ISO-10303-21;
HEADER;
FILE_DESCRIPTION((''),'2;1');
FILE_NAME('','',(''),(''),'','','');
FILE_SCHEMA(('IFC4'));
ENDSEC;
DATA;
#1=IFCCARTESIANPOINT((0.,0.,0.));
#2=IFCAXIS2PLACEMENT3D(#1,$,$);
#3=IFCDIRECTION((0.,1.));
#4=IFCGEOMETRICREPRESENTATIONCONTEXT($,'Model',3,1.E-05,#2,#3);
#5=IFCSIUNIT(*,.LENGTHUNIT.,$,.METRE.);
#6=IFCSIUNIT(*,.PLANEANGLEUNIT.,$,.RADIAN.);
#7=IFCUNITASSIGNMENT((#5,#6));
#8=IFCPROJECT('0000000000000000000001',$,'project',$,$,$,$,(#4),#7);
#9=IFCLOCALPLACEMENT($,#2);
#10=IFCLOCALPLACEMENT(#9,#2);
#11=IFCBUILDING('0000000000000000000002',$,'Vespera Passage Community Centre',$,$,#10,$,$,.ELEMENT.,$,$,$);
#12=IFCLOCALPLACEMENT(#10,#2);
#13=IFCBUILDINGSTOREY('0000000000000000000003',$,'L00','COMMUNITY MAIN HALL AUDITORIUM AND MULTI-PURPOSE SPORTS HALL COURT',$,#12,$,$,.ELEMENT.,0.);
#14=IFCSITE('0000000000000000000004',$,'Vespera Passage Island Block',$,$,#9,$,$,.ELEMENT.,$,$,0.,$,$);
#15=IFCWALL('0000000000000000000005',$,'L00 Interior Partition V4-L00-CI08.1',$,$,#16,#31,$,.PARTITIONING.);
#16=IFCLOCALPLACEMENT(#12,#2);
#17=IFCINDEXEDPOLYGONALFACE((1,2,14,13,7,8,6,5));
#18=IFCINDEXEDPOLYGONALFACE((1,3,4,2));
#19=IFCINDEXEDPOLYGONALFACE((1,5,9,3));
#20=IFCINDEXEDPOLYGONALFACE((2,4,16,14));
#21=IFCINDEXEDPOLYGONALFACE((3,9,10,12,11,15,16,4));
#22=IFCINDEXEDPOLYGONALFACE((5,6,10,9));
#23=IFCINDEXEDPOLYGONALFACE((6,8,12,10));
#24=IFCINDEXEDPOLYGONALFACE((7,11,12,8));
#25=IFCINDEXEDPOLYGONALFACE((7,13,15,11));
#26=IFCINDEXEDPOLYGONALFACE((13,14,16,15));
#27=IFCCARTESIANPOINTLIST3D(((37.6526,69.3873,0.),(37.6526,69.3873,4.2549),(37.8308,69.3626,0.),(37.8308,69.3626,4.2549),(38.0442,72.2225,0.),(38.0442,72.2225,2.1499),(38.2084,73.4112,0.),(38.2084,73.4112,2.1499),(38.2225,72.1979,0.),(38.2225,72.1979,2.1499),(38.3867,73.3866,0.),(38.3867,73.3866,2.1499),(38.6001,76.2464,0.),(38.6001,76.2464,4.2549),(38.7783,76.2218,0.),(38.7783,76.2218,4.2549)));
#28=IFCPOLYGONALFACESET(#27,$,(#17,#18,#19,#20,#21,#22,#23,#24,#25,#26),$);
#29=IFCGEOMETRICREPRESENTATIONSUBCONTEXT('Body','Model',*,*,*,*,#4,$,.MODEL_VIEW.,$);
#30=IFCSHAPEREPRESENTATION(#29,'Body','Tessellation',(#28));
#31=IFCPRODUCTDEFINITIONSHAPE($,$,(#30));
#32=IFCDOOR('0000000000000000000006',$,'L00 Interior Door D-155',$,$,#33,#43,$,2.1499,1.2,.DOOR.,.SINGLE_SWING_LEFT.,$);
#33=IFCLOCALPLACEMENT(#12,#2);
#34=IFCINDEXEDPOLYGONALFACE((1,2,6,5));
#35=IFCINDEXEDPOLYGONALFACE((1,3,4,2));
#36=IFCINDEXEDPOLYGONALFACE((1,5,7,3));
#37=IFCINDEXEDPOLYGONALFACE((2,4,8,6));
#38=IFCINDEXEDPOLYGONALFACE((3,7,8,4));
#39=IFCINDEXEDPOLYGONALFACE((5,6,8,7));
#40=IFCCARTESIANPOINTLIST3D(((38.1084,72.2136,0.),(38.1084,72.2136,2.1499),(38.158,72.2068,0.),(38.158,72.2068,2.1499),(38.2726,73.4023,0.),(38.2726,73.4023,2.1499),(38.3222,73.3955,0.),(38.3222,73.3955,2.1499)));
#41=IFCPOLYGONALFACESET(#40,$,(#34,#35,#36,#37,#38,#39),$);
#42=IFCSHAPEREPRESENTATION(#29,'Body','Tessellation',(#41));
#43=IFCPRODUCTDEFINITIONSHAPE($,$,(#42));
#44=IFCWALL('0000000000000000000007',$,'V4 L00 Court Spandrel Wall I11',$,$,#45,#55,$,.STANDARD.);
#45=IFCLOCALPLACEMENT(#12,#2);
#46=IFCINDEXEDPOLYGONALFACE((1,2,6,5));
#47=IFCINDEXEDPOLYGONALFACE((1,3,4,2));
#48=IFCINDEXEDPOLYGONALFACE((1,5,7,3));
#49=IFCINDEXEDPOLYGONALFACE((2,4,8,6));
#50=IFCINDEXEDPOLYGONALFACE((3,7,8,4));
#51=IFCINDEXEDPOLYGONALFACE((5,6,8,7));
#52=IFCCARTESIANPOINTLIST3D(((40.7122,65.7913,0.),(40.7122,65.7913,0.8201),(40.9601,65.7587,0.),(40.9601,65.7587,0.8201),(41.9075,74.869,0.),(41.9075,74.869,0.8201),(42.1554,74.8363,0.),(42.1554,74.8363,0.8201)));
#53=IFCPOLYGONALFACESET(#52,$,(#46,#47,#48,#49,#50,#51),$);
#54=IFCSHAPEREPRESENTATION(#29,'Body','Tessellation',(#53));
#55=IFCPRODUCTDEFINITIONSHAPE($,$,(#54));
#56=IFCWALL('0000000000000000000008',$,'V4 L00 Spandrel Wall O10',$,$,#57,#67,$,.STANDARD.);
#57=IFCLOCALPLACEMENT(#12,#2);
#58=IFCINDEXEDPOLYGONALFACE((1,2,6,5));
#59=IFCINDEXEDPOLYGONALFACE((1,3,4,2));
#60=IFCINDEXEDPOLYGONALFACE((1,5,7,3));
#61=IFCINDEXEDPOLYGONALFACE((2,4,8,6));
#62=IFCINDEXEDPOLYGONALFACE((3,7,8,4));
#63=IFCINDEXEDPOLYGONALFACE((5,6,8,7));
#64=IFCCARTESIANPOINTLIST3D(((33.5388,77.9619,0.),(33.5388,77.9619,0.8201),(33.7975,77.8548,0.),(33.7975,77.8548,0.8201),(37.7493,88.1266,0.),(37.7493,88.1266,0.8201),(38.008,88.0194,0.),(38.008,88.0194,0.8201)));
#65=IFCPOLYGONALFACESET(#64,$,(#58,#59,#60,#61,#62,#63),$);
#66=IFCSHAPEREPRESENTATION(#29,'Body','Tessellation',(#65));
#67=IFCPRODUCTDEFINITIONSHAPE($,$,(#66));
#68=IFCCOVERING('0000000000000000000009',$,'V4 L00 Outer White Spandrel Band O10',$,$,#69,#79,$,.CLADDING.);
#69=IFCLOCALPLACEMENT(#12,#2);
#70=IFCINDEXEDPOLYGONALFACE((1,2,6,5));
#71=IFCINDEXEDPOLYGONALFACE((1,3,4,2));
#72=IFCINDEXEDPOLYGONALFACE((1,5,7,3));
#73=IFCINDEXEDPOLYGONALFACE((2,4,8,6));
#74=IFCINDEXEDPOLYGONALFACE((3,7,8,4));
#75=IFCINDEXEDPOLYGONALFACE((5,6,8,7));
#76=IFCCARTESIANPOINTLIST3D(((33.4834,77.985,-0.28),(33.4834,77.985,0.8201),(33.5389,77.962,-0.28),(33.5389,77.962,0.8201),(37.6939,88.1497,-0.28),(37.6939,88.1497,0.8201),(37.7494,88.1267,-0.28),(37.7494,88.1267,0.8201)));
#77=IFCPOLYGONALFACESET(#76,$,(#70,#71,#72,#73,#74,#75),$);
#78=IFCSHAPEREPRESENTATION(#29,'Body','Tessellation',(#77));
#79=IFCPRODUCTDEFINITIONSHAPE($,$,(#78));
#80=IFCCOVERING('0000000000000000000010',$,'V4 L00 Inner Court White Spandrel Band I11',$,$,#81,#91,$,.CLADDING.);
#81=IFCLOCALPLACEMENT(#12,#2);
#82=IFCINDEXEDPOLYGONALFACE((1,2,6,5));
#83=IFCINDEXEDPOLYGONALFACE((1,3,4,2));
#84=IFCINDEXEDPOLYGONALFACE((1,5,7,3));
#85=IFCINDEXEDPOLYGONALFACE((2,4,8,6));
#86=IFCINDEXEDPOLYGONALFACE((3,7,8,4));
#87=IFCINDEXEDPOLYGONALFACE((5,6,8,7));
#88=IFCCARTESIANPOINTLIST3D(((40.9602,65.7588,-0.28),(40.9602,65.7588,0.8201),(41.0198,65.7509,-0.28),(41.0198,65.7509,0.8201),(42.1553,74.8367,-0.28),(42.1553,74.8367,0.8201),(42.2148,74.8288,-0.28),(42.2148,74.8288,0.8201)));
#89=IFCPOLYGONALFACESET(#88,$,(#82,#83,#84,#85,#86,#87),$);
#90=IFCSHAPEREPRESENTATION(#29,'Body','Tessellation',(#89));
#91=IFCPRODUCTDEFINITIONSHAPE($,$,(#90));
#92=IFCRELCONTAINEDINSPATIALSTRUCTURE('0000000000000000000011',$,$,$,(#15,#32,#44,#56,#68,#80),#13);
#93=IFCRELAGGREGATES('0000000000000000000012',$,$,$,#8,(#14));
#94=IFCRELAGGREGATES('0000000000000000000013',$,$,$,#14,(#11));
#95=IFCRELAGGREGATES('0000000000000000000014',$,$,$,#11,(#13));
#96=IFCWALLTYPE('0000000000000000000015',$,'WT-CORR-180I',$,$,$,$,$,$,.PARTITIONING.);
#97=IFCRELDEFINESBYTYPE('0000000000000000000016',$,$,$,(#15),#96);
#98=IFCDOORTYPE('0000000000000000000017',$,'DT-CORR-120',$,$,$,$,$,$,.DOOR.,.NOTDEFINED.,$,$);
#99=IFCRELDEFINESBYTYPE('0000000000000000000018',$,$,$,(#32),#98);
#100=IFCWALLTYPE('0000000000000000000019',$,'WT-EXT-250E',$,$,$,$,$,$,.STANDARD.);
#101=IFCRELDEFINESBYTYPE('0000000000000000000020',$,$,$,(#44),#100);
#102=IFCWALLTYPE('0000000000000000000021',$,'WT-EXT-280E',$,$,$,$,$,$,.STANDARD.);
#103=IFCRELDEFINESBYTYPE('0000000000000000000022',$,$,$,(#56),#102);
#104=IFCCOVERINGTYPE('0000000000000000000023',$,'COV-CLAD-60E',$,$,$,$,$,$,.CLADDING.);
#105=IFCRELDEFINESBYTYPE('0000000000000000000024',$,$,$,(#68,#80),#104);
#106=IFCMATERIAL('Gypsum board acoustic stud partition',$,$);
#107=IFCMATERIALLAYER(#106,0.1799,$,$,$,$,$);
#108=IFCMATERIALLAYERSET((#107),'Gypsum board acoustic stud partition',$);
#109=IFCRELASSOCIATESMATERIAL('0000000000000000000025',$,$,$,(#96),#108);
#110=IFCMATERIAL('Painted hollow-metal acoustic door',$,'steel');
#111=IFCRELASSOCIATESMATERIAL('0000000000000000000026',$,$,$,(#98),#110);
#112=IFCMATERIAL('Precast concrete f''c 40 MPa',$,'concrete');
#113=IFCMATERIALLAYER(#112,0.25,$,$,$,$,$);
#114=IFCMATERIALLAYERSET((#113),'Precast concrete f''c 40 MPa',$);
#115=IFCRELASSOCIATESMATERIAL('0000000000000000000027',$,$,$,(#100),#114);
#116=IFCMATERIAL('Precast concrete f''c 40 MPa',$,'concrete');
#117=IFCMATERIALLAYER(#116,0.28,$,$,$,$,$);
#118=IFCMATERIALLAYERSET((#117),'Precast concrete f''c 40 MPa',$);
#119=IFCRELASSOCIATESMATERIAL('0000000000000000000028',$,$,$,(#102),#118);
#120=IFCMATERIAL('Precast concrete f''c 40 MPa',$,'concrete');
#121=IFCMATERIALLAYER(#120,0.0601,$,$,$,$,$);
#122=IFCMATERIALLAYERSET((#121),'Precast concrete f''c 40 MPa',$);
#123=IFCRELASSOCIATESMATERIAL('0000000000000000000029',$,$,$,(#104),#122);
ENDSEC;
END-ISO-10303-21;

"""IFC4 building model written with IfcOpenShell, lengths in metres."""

from ifc_helpers import new_model, si_unit, direction, frame, frame_2d, origin, place, context, subcontext, project, spatial, rectangle, extrude, material, layer, layer_set, type_object, element, fill, save


model = new_model("IFC4")

# Units and contexts
model_context = context("Model", 3, precision=1e-05, world=origin(), true_north=direction((0.0, 1.0)))
body_context = subcontext(model_context, "Body", "Model", "MODEL_VIEW")
ifc_project = project(units=[si_unit("LENGTHUNIT", "METRE"), si_unit("PLANEANGLEUNIT", "RADIAN")], contexts=[model_context])

# Site, building, storey
site_placement = place(None, origin())
site = spatial("IfcSite", under=ifc_project, at=site_placement, Name="Vespera Passage Island Block", CompositionType="ELEMENT", RefElevation=0.0)
building_placement = place(site_placement, origin())
building = spatial("IfcBuilding", under=site, at=building_placement, Name="Vespera Passage Community Centre", CompositionType="ELEMENT")
storey_placement = place(building_placement, origin())
storey = spatial("IfcBuildingStorey", under=building, at=storey_placement, Name="L00", Description="COMMUNITY MAIN HALL AUDITORIUM AND MULTI-PURPOSE SPORTS HALL COURT", CompositionType="ELEMENT", Elevation=0.0)

# Wall, opening, door
ifc_material_1 = material(Name="Gypsum board acoustic stud partition")
ifc_layer_1 = layer(ifc_material_1, 0.1799)
ifc_layer_set_1 = layer_set([ifc_layer_1], Name="Gypsum board acoustic stud partition")
wall_type_1 = type_object("IfcWallType", Name="WT-CORR-180I", PredefinedType="PARTITIONING", material=ifc_layer_set_1)
wall_1_placement = place(storey_placement, frame((38.6892, 76.2341, 0.0), z_axis=(0.0, 0.0, 1.0), x_axis=(-0.136839, -0.990593, 0.0)))
wall_1 = element("IfcWall", 1, at=wall_1_placement, inside=storey, type_object=wall_type_1, Name="L00 Interior Partition V4-L00-CI08.1", PredefinedType="PARTITIONING", context=body_context, shape_type="SweptSolid", body=[
    extrude(rectangle(XDim=6.9243, YDim=0.1799, at=frame_2d((3.4622, 0.0))), origin(), (0.0, 0.0, 1.0), 4.2549),
])
opening_1_placement = place(wall_1_placement, frame((2.8621, 0.0, 0.0)))
opening_1 = element("IfcOpeningElement", 2, at=opening_1_placement, cuts=wall_1, PredefinedType="OPENING", context=body_context, shape_type="SweptSolid", body=[
    extrude(rectangle(XDim=1.2, YDim=2.1499, at=frame_2d((0.6001, 1.075))), frame((0.0, 0.0999, 0.0), z_axis=(0.0, -1.0, 0.0), x_axis=(1.0, 0.0, 0.0)), (0.0, 0.0, 1.0), 0.2),
])
ifc_material_2 = material(Name="Painted hollow-metal acoustic door", Category="steel")
door_type_1 = type_object("IfcDoorType", Name="DT-CORR-120", OperationType="NOTDEFINED", PredefinedType="DOOR", material=ifc_material_2)
door_1_placement = place(opening_1_placement, origin())
door_1 = element("IfcDoor", 3, at=door_1_placement, inside=storey, type_object=door_type_1, Name="L00 Interior Door D-155", OperationType="SINGLE_SWING_LEFT", OverallHeight=2.1499, OverallWidth=1.2, PredefinedType="DOOR", context=body_context, shape_type="SweptSolid", body=[
    extrude(rectangle(XDim=1.2, YDim=2.1499, at=frame_2d((0.6001, 1.075))), frame((0.0, 0.0249, 0.0), z_axis=(0.0, -1.0, 0.0), x_axis=(1.0, 0.0, 0.0)), (0.0, 0.0, 1.0), 0.05),
])
fill(opening_1, door_1)

# Walls
ifc_material_3 = material(Name="Precast concrete f'c 40 MPa", Category="concrete")
ifc_layer_2 = layer(ifc_material_3, 0.25)
ifc_layer_set_2 = layer_set([ifc_layer_2], Name="Precast concrete f'c 40 MPa")
wall_type_2 = type_object("IfcWallType", Name="WT-EXT-250E", PredefinedType="STANDARD", material=ifc_layer_set_2)
wall_2_placement = place(storey_placement, frame((42.0315, 74.8528, 0.0), z_axis=(0.0, 0.0, 1.0), x_axis=(-0.13055, -0.991442, 0.0)))
element("IfcWall", 4, at=wall_2_placement, inside=storey, type_object=wall_type_2, Name="V4 L00 Court Spandrel Wall I11", PredefinedType="STANDARD", context=body_context, shape_type="SweptSolid", body=[
    extrude(rectangle(XDim=9.156, YDim=0.25, at=frame_2d((4.5781, 0.0))), origin(), (0.0, 0.0, 1.0), 0.8201),
])
ifc_material_4 = material(Name="Precast concrete f'c 40 MPa", Category="concrete")
ifc_layer_3 = layer(ifc_material_4, 0.28)
ifc_layer_set_3 = layer_set([ifc_layer_3], Name="Precast concrete f'c 40 MPa")
wall_type_3 = type_object("IfcWallType", Name="WT-EXT-280E", PredefinedType="STANDARD", material=ifc_layer_set_3)
wall_3_placement = place(storey_placement, frame((33.6682, 77.9084, 0.0), z_axis=(0.0, 0.0, 1.0), x_axis=(0.382695, 0.923875, 0.0)))
element("IfcWall", 5, at=wall_3_placement, inside=storey, type_object=wall_type_3, Name="V4 L00 Spandrel Wall O10", PredefinedType="STANDARD", context=body_context, shape_type="SweptSolid", body=[
    extrude(rectangle(XDim=11.0022, YDim=0.28, at=frame_2d((5.501, 0.0))), origin(), (0.0, 0.0, 1.0), 0.8201),
])

# Coverings
ifc_material_5 = material(Name="Precast concrete f'c 40 MPa", Category="concrete")
ifc_layer_4 = layer(ifc_material_5, 0.0601)
ifc_layer_set_4 = layer_set([ifc_layer_4], Name="Precast concrete f'c 40 MPa")
covering_type = type_object("IfcCoveringType", Name="COV-CLAD-60E", PredefinedType="CLADDING", material=ifc_layer_set_4)
covering_1_placement = place(storey_placement, frame((33.5112, 77.9736, -0.28), z_axis=(0.0, 0.0, 1.0), x_axis=(0.382695, 0.923875, 0.0)))
element("IfcCovering", 6, at=covering_1_placement, inside=storey, type_object=covering_type, Name="V4 L00 Outer White Spandrel Band O10", PredefinedType="CLADDING", context=body_context, shape_type="SweptSolid", body=[
    extrude(rectangle(XDim=11.0022, YDim=0.0601, at=frame_2d((5.501, 0.0))), origin(), (0.0, 0.0, 1.0), 1.1001),
])
covering_2_placement = place(storey_placement, frame((42.1851, 74.8328, -0.28), z_axis=(0.0, 0.0, 1.0), x_axis=(-0.13052, -0.991446, 0.0)))
element("IfcCovering", 7, at=covering_2_placement, inside=storey, type_object=covering_type, Name="V4 L00 Inner Court White Spandrel Band I11", PredefinedType="CLADDING", context=body_context, shape_type="SweptSolid", body=[
    extrude(rectangle(XDim=9.1562, YDim=0.0601, at=frame_2d((4.5781, 0.0))), origin(), (0.0, 0.0, 1.0), 1.1001),
])

save(model, "model.ifc")
